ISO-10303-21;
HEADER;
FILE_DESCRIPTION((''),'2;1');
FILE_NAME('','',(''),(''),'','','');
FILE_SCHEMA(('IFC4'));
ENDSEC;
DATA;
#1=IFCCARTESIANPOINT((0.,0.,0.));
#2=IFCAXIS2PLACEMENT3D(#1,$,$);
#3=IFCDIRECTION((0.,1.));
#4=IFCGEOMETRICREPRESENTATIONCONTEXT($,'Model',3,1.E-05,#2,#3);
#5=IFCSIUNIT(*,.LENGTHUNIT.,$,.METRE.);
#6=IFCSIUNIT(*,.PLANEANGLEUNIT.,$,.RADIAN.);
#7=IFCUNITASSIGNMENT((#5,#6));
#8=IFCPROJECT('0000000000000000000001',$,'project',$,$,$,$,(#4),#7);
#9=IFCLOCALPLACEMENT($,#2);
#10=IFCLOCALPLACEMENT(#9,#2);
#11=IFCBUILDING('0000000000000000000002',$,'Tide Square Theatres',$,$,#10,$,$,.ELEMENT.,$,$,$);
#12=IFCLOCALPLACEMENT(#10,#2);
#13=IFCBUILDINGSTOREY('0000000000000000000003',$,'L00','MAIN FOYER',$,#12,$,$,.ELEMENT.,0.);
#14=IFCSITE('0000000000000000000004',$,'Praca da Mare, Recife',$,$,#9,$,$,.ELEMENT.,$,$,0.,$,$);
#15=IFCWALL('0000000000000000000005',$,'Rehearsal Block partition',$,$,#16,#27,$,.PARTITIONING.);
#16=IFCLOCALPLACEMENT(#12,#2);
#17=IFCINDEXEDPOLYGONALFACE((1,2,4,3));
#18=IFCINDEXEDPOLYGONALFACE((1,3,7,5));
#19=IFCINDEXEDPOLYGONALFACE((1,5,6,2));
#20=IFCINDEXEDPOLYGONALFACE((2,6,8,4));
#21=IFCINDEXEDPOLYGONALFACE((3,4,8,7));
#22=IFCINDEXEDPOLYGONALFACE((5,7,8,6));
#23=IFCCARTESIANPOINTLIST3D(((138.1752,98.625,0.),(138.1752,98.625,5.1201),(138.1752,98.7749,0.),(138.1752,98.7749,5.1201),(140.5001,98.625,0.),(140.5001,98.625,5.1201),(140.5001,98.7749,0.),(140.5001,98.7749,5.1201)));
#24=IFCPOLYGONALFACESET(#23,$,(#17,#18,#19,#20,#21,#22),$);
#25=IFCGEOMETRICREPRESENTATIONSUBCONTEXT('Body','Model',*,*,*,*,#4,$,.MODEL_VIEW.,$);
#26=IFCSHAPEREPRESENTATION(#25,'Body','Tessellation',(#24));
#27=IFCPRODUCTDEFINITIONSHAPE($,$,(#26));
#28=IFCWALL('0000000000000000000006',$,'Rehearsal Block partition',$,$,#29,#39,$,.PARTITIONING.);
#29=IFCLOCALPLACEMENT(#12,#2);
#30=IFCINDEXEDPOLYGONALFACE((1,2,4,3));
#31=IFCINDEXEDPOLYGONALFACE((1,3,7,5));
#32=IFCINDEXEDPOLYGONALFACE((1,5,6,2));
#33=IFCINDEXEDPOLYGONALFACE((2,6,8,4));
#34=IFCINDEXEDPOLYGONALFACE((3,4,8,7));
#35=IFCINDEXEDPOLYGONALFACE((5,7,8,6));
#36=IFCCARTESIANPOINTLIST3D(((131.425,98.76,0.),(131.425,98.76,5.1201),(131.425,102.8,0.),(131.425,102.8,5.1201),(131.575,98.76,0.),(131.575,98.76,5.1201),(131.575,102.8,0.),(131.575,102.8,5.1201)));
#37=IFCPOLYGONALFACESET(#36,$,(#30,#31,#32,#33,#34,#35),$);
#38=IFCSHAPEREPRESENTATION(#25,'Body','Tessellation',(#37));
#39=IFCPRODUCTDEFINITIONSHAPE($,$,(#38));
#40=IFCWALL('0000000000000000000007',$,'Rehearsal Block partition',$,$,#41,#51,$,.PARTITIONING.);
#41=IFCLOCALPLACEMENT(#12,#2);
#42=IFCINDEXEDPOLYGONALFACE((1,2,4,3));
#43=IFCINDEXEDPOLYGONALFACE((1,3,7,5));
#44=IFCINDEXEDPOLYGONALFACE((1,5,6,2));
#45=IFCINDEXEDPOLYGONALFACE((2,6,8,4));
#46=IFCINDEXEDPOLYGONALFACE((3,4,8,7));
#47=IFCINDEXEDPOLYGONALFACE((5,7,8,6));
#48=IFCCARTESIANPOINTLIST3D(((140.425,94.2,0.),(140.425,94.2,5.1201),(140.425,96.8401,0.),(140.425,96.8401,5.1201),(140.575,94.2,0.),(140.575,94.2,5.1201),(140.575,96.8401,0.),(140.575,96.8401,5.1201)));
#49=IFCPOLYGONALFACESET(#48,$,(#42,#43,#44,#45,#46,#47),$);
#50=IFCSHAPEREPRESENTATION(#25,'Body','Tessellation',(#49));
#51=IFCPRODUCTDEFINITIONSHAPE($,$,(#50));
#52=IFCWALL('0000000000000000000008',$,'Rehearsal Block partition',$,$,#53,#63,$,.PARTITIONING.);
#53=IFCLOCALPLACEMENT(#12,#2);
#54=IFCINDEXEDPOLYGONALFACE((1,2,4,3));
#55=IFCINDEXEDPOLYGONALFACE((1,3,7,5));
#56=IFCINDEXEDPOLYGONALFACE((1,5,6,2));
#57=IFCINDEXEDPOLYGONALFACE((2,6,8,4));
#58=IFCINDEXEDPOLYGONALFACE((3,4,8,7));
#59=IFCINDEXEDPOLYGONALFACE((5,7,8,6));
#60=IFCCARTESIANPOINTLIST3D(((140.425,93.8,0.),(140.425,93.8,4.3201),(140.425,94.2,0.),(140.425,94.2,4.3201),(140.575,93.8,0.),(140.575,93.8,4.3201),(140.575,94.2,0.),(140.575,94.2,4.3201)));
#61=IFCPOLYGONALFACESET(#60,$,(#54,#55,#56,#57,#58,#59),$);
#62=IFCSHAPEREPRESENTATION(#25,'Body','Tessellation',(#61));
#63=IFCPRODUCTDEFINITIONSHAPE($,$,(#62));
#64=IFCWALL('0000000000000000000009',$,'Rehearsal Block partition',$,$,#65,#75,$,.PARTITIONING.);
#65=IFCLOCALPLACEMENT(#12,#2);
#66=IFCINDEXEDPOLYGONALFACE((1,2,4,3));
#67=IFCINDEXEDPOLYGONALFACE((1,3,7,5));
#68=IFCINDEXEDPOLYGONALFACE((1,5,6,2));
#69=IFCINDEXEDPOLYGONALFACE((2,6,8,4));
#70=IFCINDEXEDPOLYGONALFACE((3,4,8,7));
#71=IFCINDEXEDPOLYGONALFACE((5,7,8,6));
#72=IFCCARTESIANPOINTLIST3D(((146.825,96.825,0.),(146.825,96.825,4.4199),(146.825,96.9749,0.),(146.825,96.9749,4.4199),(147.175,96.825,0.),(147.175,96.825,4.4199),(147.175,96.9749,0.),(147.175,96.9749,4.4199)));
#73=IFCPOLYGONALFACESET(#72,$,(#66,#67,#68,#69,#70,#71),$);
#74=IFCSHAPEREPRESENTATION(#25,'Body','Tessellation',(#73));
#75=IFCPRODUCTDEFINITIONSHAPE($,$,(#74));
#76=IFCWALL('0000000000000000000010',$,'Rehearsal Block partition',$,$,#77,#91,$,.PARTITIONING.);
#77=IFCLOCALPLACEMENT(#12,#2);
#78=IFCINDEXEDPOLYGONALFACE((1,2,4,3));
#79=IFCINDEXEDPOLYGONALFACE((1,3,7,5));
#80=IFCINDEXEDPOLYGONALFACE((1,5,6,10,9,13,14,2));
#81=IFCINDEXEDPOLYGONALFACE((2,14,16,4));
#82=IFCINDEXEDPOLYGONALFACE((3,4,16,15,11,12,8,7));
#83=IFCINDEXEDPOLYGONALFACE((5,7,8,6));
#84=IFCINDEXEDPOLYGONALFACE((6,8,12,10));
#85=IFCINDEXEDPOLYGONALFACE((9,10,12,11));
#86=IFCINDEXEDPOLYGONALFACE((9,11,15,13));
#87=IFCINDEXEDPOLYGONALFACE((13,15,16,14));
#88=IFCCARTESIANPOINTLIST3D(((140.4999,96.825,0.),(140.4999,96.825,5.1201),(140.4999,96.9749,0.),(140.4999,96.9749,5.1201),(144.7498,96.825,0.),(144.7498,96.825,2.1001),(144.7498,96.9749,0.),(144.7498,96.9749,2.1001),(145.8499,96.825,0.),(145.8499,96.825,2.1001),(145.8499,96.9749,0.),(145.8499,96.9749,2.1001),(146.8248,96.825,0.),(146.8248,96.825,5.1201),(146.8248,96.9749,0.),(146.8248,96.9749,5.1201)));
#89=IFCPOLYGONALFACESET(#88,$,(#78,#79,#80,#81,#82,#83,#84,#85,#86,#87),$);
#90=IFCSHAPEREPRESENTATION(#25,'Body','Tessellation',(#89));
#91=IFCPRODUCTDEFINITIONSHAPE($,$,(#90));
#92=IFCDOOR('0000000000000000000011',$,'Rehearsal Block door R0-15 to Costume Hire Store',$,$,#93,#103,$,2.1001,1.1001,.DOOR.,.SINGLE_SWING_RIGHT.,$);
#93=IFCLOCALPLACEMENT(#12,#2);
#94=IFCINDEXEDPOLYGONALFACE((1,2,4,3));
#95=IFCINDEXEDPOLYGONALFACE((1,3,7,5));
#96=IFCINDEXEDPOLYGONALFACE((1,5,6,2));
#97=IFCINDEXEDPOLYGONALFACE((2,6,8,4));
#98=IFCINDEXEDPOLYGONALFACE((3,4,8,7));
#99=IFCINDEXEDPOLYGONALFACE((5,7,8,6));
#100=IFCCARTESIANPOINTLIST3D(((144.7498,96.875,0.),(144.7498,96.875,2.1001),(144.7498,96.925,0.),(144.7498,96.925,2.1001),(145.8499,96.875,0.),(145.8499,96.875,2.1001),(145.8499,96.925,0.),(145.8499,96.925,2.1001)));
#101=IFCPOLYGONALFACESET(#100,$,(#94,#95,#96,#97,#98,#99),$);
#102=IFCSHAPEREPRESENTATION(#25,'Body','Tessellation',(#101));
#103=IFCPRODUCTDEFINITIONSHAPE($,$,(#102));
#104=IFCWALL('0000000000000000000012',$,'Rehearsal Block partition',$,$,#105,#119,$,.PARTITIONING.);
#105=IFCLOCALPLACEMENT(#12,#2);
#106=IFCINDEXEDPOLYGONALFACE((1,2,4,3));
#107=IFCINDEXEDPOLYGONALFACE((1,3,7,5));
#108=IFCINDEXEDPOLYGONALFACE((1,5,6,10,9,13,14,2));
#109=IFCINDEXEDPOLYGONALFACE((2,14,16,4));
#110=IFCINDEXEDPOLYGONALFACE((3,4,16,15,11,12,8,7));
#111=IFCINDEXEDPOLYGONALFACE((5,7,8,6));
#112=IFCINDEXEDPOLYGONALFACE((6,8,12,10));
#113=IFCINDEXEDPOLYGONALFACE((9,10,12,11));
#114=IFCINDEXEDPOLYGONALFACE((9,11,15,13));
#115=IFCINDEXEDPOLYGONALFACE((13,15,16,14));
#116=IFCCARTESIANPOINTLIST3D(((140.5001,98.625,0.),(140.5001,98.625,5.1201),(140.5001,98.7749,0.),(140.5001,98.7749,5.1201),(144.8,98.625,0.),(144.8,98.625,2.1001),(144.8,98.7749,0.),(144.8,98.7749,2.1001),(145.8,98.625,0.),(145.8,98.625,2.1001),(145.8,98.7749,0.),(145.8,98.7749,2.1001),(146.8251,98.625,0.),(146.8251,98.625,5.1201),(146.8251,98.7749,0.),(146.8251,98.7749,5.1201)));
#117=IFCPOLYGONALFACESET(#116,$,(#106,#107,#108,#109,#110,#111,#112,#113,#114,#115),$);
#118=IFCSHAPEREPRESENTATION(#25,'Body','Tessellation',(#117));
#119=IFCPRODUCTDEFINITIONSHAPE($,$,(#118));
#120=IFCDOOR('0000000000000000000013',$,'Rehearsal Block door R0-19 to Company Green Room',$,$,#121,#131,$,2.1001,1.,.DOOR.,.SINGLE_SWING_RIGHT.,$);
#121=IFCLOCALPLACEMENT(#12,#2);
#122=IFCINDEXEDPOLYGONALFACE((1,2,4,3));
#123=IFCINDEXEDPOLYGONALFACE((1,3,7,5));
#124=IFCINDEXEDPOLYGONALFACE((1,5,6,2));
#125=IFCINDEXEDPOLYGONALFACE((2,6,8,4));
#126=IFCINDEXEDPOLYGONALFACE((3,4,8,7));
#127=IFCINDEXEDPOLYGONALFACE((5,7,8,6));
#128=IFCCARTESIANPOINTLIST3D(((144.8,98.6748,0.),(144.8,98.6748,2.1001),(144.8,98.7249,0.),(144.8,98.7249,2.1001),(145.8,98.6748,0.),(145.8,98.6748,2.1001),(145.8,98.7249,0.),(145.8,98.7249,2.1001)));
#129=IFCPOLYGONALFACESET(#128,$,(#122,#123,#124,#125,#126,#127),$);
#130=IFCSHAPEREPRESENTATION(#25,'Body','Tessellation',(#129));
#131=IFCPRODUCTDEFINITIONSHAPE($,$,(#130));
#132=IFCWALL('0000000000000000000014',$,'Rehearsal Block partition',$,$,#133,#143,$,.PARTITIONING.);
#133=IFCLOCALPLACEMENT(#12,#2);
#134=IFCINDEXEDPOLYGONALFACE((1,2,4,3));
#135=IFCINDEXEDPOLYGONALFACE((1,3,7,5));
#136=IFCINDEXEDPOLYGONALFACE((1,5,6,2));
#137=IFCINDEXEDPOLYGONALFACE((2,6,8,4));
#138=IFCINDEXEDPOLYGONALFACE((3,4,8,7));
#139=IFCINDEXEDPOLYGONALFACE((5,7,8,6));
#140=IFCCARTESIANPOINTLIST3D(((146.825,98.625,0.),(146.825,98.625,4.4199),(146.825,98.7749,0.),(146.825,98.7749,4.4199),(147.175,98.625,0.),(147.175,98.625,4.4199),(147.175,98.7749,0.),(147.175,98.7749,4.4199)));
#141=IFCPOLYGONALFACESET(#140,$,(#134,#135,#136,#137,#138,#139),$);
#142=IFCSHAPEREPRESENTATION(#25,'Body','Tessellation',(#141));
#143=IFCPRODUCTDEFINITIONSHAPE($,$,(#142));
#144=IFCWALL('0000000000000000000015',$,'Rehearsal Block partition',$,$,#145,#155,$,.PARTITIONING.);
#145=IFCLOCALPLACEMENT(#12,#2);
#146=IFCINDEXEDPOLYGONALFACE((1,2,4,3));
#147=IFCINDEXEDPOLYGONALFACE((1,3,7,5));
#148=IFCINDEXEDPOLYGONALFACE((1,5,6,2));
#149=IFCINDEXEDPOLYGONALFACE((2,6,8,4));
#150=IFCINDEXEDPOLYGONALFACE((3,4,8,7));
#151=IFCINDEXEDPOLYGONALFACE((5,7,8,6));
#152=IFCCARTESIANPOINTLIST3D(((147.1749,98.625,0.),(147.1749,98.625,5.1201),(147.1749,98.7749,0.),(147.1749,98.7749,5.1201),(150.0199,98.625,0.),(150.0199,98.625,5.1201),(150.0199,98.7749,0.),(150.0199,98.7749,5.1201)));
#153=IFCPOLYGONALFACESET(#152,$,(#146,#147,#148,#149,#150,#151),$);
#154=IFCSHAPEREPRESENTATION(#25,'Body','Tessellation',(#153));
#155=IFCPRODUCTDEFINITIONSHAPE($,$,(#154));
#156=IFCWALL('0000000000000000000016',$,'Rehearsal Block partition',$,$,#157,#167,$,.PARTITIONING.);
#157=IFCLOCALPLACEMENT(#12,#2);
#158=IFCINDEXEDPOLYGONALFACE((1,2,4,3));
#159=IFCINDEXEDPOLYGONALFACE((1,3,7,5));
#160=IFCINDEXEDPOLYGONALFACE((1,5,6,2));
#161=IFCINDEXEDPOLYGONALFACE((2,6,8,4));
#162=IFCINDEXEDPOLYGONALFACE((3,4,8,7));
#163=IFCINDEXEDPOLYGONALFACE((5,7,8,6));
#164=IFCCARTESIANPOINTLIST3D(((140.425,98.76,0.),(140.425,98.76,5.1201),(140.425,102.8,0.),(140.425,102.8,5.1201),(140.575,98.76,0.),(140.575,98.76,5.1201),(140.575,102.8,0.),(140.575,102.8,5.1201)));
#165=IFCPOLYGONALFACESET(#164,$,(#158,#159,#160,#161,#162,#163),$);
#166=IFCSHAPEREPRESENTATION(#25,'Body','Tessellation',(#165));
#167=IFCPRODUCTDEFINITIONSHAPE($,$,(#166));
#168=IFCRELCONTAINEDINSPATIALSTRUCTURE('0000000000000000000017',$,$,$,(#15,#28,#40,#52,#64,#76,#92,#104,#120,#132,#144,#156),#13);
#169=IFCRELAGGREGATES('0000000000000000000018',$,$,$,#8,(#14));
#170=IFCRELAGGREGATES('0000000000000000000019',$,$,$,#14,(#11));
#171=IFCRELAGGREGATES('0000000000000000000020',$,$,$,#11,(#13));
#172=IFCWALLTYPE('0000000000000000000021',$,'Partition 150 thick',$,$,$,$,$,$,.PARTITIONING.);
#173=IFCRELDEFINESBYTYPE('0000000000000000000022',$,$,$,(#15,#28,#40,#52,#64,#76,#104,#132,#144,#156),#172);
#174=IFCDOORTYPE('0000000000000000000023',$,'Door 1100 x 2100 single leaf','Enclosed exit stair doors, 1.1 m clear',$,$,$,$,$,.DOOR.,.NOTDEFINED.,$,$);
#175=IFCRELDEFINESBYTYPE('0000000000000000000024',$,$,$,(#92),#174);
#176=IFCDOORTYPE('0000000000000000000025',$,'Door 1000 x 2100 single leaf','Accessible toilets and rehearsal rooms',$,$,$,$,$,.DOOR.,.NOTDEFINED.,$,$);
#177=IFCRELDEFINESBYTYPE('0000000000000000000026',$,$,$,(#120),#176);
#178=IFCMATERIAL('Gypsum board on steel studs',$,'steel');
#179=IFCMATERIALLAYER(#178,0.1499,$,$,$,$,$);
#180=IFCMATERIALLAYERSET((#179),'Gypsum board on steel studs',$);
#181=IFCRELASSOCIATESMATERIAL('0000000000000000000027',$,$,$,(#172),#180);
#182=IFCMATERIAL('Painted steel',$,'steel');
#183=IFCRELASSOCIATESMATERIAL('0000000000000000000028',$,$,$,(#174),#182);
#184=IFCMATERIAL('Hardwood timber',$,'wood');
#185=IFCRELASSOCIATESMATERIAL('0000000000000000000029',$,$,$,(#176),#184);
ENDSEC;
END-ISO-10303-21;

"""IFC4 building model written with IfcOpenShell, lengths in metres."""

from ifc_helpers import new_model, si_unit, direction, frame, frame_2d, origin, place, context, subcontext, project, spatial, rectangle, extrude, material, layer, layer_set, type_object, element, fill, save


model = new_model("IFC4")

# Units and contexts
model_context = context("Model", 3, precision=1e-05, world=origin(), true_north=direction((0.0, 1.0)))
body_context = subcontext(model_context, "Body", "Model", "MODEL_VIEW")
ifc_project = project(units=[si_unit("LENGTHUNIT", "METRE"), si_unit("PLANEANGLEUNIT", "RADIAN")], contexts=[model_context])

# Site, building, storey
site_placement = place(None, origin())
site = spatial("IfcSite", under=ifc_project, at=site_placement, Name="Praca da Mare, Recife", CompositionType="ELEMENT", RefElevation=0.0)
building_placement = place(site_placement, origin())
building = spatial("IfcBuilding", under=site, at=building_placement, Name="Tide Square Theatres", CompositionType="ELEMENT")
storey_placement = place(building_placement, origin())
storey = spatial("IfcBuildingStorey", under=building, at=storey_placement, Name="L00", Description="MAIN FOYER", CompositionType="ELEMENT", Elevation=0.0)

# Shared definitions
ifc_material_1 = material(Name="Gypsum board on steel studs", Category="steel")
ifc_layer = layer(ifc_material_1, 0.1499)
ifc_layer_set = layer_set([ifc_layer], Name="Gypsum board on steel studs")
wall_type = type_object("IfcWallType", Name="Partition 150 thick", PredefinedType="PARTITIONING", material=ifc_layer_set)

# Walls
wall_1_placement = place(storey_placement, frame((138.175, 98.7, 0.0), z_axis=(0.0, 0.0, 1.0), x_axis=(1.0, 0.0, 0.0)))
element("IfcWall", 1, at=wall_1_placement, inside=storey, type_object=wall_type, Name="Rehearsal Block partition", PredefinedType="PARTITIONING", context=body_context, shape_type="SweptSolid", body=[
    extrude(rectangle(XDim=2.325, YDim=0.1499, at=frame_2d((1.1626, 0.0))), origin(), (0.0, 0.0, 1.0), 5.1201),
])
wall_2_placement = place(storey_placement, frame((131.5, 102.8, 0.0), z_axis=(0.0, 0.0, 1.0), x_axis=(0.0, -1.0, 0.0)))
element("IfcWall", 2, at=wall_2_placement, inside=storey, type_object=wall_type, Name="Rehearsal Block partition", PredefinedType="PARTITIONING", context=body_context, shape_type="SweptSolid", body=[
    extrude(rectangle(XDim=4.04, YDim=0.1499, at=frame_2d((2.02, 0.0))), origin(), (0.0, 0.0, 1.0), 5.1201),
])
wall_3_placement = place(storey_placement, frame((140.5, 96.8401, 0.0), z_axis=(0.0, 0.0, 1.0), x_axis=(0.0, -1.0, 0.0)))
element("IfcWall", 3, at=wall_3_placement, inside=storey, type_object=wall_type, Name="Rehearsal Block partition", PredefinedType="PARTITIONING", context=body_context, shape_type="SweptSolid", body=[
    extrude(rectangle(XDim=2.6401, YDim=0.1499, at=frame_2d((1.3201, 0.0))), origin(), (0.0, 0.0, 1.0), 5.1201),
])
wall_4_placement = place(storey_placement, frame((140.5, 94.2, 0.0), z_axis=(0.0, 0.0, 1.0), x_axis=(0.0, -1.0, 0.0)))
element("IfcWall", 4, at=wall_4_placement, inside=storey, type_object=wall_type, Name="Rehearsal Block partition", PredefinedType="PARTITIONING", context=body_context, shape_type="SweptSolid", body=[
    extrude(rectangle(XDim=0.3999, YDim=0.1499, at=frame_2d((0.2, 0.0))), origin(), (0.0, 0.0, 1.0), 4.3201),
])
wall_5_placement = place(storey_placement, frame((147.175, 96.8999, 0.0), z_axis=(0.0, 0.0, 1.0), x_axis=(-1.0, 0.0, 0.0)))
element("IfcWall", 5, at=wall_5_placement, inside=storey, type_object=wall_type, Name="Rehearsal Block partition", PredefinedType="PARTITIONING", context=body_context, shape_type="SweptSolid", body=[
    extrude(rectangle(XDim=0.3501, YDim=0.1499, at=frame_2d((0.175, 0.0))), origin(), (0.0, 0.0, 1.0), 4.4199),
])

# Walls, openings, doors
wall_6_placement = place(storey_placement, frame((146.825, 96.8999, 0.0), z_axis=(0.0, 0.0, 1.0), x_axis=(-1.0, 0.0, 0.0)))
wall_6 = element("IfcWall", 6, at=wall_6_placement, inside=storey, type_object=wall_type, Name="Rehearsal Block partition", PredefinedType="PARTITIONING", context=body_context, shape_type="SweptSolid", body=[
    extrude(rectangle(XDim=6.325, YDim=0.1499, at=frame_2d((3.1626, 0.0))), origin(), (0.0, 0.0, 1.0), 5.1201),
])
opening_1_placement = place(wall_6_placement, frame((0.9751, 0.0, 0.0)))
opening_1 = element("IfcOpeningElement", 7, at=opening_1_placement, cuts=wall_6, PredefinedType="OPENING", context=body_context, shape_type="SweptSolid", body=[
    extrude(rectangle(XDim=1.1001, YDim=2.1001, at=frame_2d((0.55, 1.05))), frame((0.0, 0.085, 0.0), z_axis=(0.0, -1.0, 0.0), x_axis=(1.0, 0.0, 0.0)), (0.0, 0.0, 1.0), 0.1699),
])
ifc_material_2 = material(Name="Painted steel", Category="steel")
door_type_1 = type_object("IfcDoorType", Name="Door 1100 x 2100 single leaf", Description="Enclosed exit stair doors, 1.1 m clear", OperationType="NOTDEFINED", PredefinedType="DOOR", material=ifc_material_2)
door_1_placement = place(opening_1_placement, origin())
door_1 = element("IfcDoor", 8, at=door_1_placement, inside=storey, type_object=door_type_1, Name="Rehearsal Block door R0-15 to Costume Hire Store", OperationType="SINGLE_SWING_RIGHT", OverallHeight=2.1001, OverallWidth=1.1001, PredefinedType="DOOR", context=body_context, shape_type="SweptSolid", body=[
    extrude(rectangle(XDim=1.1001, YDim=2.1001, at=frame_2d((0.55, 1.05))), frame((0.0, 0.0249, 0.0), z_axis=(0.0, -1.0, 0.0), x_axis=(1.0, 0.0, 0.0)), (0.0, 0.0, 1.0), 0.05),
])
fill(opening_1, door_1)
wall_7_placement = place(storey_placement, frame((140.5, 98.7, 0.0), z_axis=(0.0, 0.0, 1.0), x_axis=(1.0, 0.0, 0.0)))
wall_7 = element("IfcWall", 9, at=wall_7_placement, inside=storey, type_object=wall_type, Name="Rehearsal Block partition", PredefinedType="PARTITIONING", context=body_context, shape_type="SweptSolid", body=[
    extrude(rectangle(XDim=6.325, YDim=0.1499, at=frame_2d((3.1626, 0.0))), origin(), (0.0, 0.0, 1.0), 5.1201),
])
opening_2_placement = place(wall_7_placement, frame((4.3, 0.0, 0.0)))
opening_2 = element("IfcOpeningElement", 10, at=opening_2_placement, cuts=wall_7, PredefinedType="OPENING", context=body_context, shape_type="SweptSolid", body=[
    extrude(rectangle(XDim=1.0, YDim=2.1001, at=frame_2d((0.5, 1.05))), frame((0.0, 0.085, 0.0), z_axis=(0.0, -1.0, 0.0), x_axis=(1.0, 0.0, 0.0)), (0.0, 0.0, 1.0), 0.1699),
])
ifc_material_3 = material(Name="Hardwood timber", Category="wood")
door_type_2 = type_object("IfcDoorType", Name="Door 1000 x 2100 single leaf", Description="Accessible toilets and rehearsal rooms", OperationType="NOTDEFINED", PredefinedType="DOOR", material=ifc_material_3)
door_2_placement = place(opening_2_placement, origin())
door_2 = element("IfcDoor", 11, at=door_2_placement, inside=storey, type_object=door_type_2, Name="Rehearsal Block door R0-19 to Company Green Room", OperationType="SINGLE_SWING_RIGHT", OverallHeight=2.1001, OverallWidth=1.0, PredefinedType="DOOR", context=body_context, shape_type="SweptSolid", body=[
    extrude(rectangle(XDim=1.0, YDim=2.1001, at=frame_2d((0.5, 1.05))), frame((0.0, 0.0249, 0.0), z_axis=(0.0, -1.0, 0.0), x_axis=(1.0, 0.0, 0.0)), (0.0, 0.0, 1.0), 0.05),
])
fill(opening_2, door_2)

# Walls
wall_8_placement = place(storey_placement, frame((146.825, 98.7, 0.0), z_axis=(0.0, 0.0, 1.0), x_axis=(1.0, 0.0, 0.0)))
element("IfcWall", 12, at=wall_8_placement, inside=storey, type_object=wall_type, Name="Rehearsal Block partition", PredefinedType="PARTITIONING", context=body_context, shape_type="SweptSolid", body=[
    extrude(rectangle(XDim=0.3501, YDim=0.1499, at=frame_2d((0.175, 0.0))), origin(), (0.0, 0.0, 1.0), 4.4199),
])
wall_9_placement = place(storey_placement, frame((147.175, 98.7, 0.0), z_axis=(0.0, 0.0, 1.0), x_axis=(1.0, 0.0, 0.0)))
element("IfcWall", 13, at=wall_9_placement, inside=storey, type_object=wall_type, Name="Rehearsal Block partition", PredefinedType="PARTITIONING", context=body_context, shape_type="SweptSolid", body=[
    extrude(rectangle(XDim=2.845, YDim=0.1499, at=frame_2d((1.4224, 0.0))), origin(), (0.0, 0.0, 1.0), 5.1201),
])
wall_10_placement = place(storey_placement, frame((140.5, 102.8, 0.0), z_axis=(0.0, 0.0, 1.0), x_axis=(0.0, -1.0, 0.0)))
element("IfcWall", 14, at=wall_10_placement, inside=storey, type_object=wall_type, Name="Rehearsal Block partition", PredefinedType="PARTITIONING", context=body_context, shape_type="SweptSolid", body=[
    extrude(rectangle(XDim=4.04, YDim=0.1499, at=frame_2d((2.02, 0.0))), origin(), (0.0, 0.0, 1.0), 5.1201),
])

save(model, "model.ifc")
